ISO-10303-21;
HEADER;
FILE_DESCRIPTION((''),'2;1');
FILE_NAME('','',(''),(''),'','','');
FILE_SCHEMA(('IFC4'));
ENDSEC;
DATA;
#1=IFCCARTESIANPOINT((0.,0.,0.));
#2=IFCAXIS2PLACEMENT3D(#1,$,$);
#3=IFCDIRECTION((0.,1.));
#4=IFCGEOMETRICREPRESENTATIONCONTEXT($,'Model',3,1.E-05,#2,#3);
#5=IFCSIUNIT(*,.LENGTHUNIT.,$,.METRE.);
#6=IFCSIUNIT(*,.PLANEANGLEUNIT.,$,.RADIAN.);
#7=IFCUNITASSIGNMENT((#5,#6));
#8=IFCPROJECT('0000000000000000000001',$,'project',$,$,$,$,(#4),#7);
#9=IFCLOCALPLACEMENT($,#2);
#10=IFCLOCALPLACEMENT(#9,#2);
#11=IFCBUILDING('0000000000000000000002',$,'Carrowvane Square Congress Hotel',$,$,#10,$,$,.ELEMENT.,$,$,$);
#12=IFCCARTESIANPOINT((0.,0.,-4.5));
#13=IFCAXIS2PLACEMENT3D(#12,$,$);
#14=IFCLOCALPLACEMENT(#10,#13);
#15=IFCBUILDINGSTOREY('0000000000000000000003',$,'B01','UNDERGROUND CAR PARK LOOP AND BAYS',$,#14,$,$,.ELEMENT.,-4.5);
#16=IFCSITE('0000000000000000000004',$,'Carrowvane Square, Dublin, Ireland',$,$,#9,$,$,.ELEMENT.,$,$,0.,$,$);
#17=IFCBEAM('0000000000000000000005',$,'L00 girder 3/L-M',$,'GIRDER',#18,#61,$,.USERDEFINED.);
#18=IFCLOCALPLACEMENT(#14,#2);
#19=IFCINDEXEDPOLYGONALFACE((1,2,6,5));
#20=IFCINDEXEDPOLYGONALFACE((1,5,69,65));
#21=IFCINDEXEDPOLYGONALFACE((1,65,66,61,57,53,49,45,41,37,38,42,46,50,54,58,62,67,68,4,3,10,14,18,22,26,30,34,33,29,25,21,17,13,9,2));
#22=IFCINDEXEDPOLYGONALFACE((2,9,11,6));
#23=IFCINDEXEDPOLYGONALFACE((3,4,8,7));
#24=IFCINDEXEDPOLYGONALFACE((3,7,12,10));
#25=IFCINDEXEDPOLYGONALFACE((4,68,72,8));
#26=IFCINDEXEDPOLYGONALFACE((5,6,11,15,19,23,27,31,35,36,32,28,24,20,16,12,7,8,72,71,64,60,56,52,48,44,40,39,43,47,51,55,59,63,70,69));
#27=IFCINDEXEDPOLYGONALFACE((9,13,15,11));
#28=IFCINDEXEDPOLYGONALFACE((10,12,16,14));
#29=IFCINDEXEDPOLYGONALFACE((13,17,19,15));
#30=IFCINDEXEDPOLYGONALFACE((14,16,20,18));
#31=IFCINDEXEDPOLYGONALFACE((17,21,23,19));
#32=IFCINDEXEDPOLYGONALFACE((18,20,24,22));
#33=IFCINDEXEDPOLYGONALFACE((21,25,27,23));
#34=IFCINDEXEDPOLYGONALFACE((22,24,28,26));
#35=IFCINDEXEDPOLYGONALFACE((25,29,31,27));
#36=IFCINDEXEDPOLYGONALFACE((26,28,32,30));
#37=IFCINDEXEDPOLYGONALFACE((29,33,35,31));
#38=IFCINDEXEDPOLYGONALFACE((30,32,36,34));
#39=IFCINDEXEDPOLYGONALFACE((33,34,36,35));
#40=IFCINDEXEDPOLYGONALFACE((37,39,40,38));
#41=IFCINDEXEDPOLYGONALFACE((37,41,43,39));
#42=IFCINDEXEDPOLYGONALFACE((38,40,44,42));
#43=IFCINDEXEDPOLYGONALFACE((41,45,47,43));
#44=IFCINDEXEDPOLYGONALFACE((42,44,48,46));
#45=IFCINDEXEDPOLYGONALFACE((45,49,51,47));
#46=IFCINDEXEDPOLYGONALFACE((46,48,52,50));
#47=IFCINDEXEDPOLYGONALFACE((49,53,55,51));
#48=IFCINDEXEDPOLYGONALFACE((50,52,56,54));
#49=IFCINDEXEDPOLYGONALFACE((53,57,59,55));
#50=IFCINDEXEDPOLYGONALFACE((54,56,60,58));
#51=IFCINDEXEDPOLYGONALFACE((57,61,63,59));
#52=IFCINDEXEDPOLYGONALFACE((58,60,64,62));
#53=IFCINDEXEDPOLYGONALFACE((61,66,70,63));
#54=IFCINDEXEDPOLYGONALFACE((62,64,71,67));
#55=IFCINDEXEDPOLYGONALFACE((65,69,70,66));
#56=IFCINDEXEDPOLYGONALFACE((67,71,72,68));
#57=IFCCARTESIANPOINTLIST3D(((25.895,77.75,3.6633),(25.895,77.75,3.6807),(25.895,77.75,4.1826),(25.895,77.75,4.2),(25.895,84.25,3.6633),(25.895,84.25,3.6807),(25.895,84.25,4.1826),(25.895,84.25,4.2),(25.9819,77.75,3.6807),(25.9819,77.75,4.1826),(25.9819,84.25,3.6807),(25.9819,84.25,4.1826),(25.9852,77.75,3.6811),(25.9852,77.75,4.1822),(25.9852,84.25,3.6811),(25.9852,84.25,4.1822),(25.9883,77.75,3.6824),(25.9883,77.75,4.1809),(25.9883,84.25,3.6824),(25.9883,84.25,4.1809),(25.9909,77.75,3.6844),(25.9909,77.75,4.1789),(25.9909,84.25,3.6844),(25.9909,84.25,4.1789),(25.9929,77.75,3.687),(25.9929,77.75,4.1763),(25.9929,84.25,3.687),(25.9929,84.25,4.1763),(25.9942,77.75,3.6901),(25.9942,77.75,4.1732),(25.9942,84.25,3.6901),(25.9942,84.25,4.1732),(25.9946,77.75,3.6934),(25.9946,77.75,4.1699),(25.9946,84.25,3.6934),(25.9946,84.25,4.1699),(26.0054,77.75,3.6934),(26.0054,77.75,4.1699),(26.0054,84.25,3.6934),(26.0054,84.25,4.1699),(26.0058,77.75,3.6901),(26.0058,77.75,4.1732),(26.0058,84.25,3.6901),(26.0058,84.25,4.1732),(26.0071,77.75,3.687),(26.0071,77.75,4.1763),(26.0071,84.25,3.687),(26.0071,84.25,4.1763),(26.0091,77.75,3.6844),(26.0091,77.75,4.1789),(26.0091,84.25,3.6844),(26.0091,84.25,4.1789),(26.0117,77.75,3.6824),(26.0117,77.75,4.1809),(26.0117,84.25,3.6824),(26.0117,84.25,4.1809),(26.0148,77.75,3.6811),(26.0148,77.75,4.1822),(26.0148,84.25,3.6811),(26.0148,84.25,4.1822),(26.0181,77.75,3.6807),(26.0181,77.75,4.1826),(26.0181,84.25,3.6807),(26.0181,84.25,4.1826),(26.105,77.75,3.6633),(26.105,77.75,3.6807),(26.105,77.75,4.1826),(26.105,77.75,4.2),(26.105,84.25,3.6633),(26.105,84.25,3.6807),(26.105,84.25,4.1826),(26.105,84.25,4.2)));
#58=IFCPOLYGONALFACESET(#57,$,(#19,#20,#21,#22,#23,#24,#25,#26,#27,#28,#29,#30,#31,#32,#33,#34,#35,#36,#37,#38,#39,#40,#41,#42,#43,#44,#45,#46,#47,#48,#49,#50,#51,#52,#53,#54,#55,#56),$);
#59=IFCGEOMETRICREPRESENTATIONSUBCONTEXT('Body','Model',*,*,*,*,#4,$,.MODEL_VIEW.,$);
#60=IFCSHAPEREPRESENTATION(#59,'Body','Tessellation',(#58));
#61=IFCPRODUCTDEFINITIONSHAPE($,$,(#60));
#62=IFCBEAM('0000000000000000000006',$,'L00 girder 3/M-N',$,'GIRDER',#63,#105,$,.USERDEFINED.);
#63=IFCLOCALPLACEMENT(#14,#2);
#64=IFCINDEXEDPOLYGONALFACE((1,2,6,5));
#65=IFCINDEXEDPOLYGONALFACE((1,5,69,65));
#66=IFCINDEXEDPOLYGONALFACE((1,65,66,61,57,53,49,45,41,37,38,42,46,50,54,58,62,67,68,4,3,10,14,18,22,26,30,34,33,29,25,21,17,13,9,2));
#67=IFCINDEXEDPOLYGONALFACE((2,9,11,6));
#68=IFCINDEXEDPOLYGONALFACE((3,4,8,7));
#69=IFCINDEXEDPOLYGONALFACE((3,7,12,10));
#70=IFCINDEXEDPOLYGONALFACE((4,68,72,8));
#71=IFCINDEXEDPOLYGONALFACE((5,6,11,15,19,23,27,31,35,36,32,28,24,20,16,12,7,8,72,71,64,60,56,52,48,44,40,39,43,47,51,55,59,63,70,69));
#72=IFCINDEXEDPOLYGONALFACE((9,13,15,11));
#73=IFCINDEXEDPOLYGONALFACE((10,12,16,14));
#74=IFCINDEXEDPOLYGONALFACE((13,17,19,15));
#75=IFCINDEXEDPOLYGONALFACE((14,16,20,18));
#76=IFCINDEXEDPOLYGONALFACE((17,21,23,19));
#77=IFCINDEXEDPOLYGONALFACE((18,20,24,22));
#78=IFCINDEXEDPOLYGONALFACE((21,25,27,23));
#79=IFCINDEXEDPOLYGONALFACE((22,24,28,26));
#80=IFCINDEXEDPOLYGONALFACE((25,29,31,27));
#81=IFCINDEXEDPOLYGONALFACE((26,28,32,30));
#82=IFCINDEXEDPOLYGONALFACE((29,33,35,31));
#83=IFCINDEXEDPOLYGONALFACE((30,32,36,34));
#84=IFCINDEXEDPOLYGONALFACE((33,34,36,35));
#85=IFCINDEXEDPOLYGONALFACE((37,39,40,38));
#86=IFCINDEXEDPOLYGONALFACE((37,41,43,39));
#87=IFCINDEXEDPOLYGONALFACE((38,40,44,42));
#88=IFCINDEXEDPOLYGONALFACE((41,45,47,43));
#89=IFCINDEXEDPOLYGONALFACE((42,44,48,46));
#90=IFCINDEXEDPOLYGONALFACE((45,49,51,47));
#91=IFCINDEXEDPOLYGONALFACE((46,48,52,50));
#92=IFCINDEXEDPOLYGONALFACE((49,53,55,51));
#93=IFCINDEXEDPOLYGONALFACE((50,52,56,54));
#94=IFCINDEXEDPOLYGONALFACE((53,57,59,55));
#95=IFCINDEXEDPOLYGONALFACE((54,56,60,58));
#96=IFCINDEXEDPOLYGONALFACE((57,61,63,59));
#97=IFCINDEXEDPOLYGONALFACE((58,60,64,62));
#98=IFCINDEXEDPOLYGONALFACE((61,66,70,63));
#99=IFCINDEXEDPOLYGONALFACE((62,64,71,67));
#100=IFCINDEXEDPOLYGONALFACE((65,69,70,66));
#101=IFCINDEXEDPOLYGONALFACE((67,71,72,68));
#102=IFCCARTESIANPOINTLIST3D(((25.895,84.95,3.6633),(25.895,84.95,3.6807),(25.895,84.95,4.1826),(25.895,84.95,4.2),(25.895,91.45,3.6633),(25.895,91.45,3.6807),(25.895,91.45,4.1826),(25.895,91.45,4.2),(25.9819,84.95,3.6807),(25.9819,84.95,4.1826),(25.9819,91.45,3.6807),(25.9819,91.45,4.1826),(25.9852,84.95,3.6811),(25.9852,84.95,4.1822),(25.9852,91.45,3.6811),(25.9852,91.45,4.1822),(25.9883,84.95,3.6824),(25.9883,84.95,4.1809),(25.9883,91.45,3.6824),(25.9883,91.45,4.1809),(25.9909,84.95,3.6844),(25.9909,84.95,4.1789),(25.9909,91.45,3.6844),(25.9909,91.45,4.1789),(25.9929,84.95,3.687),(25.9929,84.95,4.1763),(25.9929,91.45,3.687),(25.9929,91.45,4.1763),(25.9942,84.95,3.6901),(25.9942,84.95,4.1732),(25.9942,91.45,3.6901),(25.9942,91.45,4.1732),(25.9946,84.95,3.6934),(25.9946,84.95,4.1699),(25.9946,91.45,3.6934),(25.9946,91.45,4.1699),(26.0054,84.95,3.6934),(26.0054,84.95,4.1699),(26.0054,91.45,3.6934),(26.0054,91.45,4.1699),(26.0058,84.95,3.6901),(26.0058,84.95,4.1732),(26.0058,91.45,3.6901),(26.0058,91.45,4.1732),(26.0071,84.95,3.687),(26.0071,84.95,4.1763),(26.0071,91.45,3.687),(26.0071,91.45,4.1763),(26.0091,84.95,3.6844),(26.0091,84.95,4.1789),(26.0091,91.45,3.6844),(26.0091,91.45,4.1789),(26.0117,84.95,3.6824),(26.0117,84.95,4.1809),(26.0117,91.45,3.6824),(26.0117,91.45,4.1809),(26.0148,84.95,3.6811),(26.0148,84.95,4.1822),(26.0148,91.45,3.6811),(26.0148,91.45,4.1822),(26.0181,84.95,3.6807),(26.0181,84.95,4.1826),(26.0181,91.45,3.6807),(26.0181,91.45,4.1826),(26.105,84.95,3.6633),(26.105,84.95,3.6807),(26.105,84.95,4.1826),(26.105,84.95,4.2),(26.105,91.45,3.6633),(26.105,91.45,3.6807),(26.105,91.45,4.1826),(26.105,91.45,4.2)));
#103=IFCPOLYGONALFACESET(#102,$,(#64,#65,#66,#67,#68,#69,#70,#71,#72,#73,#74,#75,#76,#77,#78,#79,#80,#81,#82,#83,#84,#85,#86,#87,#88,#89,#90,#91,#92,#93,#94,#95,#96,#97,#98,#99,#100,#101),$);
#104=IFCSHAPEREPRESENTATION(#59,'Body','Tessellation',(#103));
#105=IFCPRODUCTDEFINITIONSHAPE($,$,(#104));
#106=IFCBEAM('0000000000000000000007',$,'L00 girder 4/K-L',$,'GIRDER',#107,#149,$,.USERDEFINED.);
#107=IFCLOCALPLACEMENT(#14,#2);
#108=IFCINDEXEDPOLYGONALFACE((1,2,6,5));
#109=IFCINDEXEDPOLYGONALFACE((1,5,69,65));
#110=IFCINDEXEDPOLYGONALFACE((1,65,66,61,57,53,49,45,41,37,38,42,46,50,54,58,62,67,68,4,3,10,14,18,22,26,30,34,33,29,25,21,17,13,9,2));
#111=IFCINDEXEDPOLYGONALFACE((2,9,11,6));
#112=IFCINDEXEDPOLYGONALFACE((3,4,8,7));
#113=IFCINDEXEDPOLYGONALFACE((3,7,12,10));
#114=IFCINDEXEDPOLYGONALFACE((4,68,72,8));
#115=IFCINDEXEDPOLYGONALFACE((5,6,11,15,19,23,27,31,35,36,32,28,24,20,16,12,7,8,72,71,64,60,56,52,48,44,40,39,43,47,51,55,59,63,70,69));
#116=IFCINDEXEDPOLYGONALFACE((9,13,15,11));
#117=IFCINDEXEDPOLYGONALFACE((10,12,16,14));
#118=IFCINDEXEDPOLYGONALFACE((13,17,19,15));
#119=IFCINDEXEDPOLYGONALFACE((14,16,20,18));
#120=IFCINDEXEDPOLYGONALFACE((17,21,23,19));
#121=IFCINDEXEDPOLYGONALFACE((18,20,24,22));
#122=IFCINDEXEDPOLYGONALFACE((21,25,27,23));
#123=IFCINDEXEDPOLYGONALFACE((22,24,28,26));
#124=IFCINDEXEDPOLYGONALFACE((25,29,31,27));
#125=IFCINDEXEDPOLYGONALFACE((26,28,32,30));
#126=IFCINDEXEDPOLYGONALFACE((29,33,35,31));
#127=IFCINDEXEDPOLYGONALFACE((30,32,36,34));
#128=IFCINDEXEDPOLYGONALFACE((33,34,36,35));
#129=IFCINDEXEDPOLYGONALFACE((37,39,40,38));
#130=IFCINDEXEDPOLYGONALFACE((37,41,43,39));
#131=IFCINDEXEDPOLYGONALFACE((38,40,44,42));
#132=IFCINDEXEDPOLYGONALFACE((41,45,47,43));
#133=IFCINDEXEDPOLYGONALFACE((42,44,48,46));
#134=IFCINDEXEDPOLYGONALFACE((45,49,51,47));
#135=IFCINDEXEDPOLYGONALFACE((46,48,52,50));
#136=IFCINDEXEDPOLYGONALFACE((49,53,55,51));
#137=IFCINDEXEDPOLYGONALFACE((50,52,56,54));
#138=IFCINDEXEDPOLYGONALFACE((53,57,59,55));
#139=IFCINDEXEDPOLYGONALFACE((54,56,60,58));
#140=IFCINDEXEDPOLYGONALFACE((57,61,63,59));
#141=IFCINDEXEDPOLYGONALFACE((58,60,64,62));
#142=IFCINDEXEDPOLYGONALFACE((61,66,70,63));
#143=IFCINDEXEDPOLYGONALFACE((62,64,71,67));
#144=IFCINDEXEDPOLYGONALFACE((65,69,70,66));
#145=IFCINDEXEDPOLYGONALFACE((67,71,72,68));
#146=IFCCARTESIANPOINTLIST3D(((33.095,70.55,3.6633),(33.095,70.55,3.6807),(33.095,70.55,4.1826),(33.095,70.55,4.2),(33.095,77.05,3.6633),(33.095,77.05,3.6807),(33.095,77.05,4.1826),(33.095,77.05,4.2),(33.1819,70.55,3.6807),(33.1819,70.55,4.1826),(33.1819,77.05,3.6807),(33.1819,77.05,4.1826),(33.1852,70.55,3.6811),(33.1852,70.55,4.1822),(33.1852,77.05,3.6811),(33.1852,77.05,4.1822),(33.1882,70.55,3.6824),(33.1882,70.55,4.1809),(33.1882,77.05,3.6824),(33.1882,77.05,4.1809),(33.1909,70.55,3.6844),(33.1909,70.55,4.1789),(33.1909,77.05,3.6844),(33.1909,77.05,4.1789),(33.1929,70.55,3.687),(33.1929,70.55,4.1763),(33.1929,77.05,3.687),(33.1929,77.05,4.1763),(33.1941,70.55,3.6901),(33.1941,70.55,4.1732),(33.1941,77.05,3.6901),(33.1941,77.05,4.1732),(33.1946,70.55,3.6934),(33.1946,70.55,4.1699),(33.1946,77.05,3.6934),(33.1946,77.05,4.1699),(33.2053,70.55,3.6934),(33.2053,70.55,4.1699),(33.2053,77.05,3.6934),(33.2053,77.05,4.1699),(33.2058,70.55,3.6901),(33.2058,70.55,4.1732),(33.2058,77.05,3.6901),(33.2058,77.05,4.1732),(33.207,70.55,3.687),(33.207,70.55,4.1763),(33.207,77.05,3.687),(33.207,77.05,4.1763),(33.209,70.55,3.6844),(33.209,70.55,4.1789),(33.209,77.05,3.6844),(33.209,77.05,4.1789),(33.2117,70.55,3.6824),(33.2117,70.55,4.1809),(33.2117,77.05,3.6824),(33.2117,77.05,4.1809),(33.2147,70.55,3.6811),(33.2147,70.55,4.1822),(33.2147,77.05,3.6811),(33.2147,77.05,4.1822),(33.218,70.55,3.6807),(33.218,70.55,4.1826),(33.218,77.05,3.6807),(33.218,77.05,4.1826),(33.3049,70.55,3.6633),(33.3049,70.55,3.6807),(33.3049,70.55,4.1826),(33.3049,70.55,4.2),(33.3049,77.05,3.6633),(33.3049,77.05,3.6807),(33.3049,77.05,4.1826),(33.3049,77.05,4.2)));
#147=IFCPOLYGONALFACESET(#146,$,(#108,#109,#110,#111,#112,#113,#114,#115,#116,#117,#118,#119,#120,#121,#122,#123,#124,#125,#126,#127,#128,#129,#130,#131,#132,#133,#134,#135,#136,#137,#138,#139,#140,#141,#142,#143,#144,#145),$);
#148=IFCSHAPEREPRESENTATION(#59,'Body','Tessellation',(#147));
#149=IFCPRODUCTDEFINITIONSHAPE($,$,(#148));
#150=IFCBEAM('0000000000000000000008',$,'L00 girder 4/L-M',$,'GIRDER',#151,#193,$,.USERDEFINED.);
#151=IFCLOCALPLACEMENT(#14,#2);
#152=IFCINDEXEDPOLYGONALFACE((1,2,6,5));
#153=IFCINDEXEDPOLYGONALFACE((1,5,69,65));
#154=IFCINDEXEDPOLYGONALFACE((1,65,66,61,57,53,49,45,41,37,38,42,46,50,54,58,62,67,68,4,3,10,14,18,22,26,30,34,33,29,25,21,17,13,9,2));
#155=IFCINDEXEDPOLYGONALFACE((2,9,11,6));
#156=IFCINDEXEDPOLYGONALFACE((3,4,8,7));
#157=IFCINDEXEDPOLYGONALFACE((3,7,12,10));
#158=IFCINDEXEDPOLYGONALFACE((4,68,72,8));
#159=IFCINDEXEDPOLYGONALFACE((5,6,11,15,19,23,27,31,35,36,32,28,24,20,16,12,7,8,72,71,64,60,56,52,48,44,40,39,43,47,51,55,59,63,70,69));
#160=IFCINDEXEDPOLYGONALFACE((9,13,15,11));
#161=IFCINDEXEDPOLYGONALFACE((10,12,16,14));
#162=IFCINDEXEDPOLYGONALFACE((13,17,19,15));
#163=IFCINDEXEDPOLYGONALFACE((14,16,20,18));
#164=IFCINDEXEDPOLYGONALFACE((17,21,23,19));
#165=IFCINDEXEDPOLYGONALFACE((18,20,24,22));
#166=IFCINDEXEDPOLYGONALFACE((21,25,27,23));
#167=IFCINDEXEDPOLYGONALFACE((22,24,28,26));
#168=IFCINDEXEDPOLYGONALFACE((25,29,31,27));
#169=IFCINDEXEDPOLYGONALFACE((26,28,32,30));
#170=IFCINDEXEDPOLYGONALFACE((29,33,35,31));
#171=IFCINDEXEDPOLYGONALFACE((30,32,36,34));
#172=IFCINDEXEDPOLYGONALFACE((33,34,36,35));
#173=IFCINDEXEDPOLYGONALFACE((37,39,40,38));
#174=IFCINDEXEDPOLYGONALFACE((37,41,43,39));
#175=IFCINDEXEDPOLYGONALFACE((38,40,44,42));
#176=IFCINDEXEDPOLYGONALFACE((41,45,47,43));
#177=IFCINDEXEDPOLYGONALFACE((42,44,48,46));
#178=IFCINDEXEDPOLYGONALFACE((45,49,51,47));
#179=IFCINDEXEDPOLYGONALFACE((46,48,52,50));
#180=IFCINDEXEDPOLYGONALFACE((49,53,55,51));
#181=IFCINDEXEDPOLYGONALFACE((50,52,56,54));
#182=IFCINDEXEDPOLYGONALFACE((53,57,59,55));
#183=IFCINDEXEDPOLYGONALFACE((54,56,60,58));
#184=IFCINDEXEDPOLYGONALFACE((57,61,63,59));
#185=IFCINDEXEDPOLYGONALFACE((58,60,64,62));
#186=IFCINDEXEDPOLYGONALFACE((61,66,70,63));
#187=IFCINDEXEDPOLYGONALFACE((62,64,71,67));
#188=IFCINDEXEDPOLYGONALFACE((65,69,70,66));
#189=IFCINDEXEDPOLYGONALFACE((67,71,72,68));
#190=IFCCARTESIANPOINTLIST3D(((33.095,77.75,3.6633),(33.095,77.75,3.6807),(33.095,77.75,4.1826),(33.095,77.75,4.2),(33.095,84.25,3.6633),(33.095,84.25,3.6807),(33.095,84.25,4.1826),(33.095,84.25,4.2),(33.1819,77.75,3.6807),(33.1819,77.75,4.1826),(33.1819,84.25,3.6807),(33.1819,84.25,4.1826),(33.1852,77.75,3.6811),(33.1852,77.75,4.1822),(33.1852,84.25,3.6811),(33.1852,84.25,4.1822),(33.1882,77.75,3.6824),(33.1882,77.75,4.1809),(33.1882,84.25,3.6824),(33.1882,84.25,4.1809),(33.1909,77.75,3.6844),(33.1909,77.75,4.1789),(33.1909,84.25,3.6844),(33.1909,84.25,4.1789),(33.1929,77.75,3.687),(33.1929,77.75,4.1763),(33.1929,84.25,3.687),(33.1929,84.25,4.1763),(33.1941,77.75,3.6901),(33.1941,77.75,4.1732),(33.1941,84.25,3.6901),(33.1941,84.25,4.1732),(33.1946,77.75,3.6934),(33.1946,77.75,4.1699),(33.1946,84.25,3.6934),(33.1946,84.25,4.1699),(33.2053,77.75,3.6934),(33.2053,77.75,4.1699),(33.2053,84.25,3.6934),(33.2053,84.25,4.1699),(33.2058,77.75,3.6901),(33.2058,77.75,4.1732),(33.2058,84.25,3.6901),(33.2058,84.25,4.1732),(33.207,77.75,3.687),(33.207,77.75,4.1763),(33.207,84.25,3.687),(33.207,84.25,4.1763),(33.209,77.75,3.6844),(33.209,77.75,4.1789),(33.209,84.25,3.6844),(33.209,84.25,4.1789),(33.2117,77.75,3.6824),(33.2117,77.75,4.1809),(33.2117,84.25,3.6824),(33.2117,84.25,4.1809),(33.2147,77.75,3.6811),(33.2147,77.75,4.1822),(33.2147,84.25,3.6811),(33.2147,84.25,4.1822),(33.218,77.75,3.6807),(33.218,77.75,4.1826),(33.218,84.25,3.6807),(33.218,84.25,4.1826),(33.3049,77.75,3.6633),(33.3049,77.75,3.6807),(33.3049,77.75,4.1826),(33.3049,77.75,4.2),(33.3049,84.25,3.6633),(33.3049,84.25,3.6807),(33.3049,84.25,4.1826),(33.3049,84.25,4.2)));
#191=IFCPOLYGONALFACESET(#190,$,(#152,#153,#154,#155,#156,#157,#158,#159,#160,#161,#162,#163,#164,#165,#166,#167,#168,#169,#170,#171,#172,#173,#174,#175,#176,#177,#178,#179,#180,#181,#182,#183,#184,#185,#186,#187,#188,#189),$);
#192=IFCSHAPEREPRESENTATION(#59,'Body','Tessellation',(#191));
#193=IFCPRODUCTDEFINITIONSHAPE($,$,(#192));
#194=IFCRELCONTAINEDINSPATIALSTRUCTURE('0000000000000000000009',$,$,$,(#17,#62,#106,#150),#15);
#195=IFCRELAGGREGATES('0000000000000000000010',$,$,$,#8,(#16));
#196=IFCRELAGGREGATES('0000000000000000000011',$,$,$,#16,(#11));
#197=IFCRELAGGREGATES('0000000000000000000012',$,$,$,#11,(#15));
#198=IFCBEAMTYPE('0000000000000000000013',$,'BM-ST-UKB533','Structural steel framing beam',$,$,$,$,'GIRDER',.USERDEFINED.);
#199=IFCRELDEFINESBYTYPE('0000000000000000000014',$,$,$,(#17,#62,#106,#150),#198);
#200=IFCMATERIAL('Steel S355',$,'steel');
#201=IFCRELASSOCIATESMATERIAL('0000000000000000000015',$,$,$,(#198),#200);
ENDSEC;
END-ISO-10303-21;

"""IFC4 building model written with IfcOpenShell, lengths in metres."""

from ifc_helpers import new_model, si_unit, direction, frame, origin, origin_2d, place, context, subcontext, project, spatial, i_section, extrude, material, material_profile, profile_set, type_object, element, save


model = new_model("IFC4")

# Units and contexts
model_context = context("Model", 3, precision=1e-05, world=origin(), true_north=direction((0.0, 1.0)))
body_context = subcontext(model_context, "Body", "Model", "MODEL_VIEW")
ifc_project = project(units=[si_unit("LENGTHUNIT", "METRE"), si_unit("PLANEANGLEUNIT", "RADIAN")], contexts=[model_context])

# Site, building, storey
site_placement = place(None, origin())
site = spatial("IfcSite", under=ifc_project, at=site_placement, Name="Carrowvane Square, Dublin, Ireland", CompositionType="ELEMENT", RefElevation=0.0)
building_placement = place(site_placement, origin())
building = spatial("IfcBuilding", under=site, at=building_placement, Name="Carrowvane Square Congress Hotel", CompositionType="ELEMENT")
storey_placement = place(building_placement, frame((0.0, 0.0, -4.5)))
storey = spatial("IfcBuildingStorey", under=building, at=storey_placement, Name="B01", Description="UNDERGROUND CAR PARK LOOP AND BAYS", CompositionType="ELEMENT", Elevation=-4.5)

# Beams
ifc_material_1 = material(Name="Steel S355", Category="steel")
ifc_material_profile_1 = material_profile(ifc_material_1, i_section(OverallWidth=0.21, OverallDepth=0.5366, WebThickness=0.0107, FlangeThickness=0.0173, FilletRadius=0.0127, at=origin_2d()), Name="UKB 533x210x101")
ifc_profile_set_1 = profile_set([ifc_material_profile_1], Name="Steel S355")
beam_type_1 = type_object("IfcBeamType", Name="BM-ST-UKB533", Description="Structural steel framing beam", ElementType="GIRDER", PredefinedType="USERDEFINED", material=ifc_profile_set_1)
for number, where, z_axis, x_axis, name in (
    (1, (26.0, 77.75, 3.9316), (0.0, 1.0, 0.0), (-1.0, 0.0, 0.0), "L00 girder 3/L-M"),
    (2, (26.0, 84.95, 3.9316), (0.0, 1.0, 0.0), (-1.0, 0.0, 0.0), "L00 girder 3/M-N"),
    (3, (33.2, 70.55, 3.9316), (0.0, 1.0, 0.0), (-1.0, 0.0, 0.0), "L00 girder 4/K-L"),
    (4, (33.2, 77.75, 3.9316), (0.0, 1.0, 0.0), (-1.0, 0.0, 0.0), "L00 girder 4/L-M"),
):
    element("IfcBeam", number, at=place(storey_placement, frame(where, z_axis=z_axis, x_axis=x_axis)), inside=storey, type_object=beam_type_1, Name=name, ObjectType="GIRDER", PredefinedType="USERDEFINED", context=body_context, shape_type="SweptSolid", body=[
        extrude(i_section(OverallWidth=0.21, OverallDepth=0.5366, WebThickness=0.0107, FlangeThickness=0.0173, FilletRadius=0.0127, at=origin_2d()), origin(), (0.0, 0.0, 1.0), 6.5),
    ])

save(model, "model.ifc")
